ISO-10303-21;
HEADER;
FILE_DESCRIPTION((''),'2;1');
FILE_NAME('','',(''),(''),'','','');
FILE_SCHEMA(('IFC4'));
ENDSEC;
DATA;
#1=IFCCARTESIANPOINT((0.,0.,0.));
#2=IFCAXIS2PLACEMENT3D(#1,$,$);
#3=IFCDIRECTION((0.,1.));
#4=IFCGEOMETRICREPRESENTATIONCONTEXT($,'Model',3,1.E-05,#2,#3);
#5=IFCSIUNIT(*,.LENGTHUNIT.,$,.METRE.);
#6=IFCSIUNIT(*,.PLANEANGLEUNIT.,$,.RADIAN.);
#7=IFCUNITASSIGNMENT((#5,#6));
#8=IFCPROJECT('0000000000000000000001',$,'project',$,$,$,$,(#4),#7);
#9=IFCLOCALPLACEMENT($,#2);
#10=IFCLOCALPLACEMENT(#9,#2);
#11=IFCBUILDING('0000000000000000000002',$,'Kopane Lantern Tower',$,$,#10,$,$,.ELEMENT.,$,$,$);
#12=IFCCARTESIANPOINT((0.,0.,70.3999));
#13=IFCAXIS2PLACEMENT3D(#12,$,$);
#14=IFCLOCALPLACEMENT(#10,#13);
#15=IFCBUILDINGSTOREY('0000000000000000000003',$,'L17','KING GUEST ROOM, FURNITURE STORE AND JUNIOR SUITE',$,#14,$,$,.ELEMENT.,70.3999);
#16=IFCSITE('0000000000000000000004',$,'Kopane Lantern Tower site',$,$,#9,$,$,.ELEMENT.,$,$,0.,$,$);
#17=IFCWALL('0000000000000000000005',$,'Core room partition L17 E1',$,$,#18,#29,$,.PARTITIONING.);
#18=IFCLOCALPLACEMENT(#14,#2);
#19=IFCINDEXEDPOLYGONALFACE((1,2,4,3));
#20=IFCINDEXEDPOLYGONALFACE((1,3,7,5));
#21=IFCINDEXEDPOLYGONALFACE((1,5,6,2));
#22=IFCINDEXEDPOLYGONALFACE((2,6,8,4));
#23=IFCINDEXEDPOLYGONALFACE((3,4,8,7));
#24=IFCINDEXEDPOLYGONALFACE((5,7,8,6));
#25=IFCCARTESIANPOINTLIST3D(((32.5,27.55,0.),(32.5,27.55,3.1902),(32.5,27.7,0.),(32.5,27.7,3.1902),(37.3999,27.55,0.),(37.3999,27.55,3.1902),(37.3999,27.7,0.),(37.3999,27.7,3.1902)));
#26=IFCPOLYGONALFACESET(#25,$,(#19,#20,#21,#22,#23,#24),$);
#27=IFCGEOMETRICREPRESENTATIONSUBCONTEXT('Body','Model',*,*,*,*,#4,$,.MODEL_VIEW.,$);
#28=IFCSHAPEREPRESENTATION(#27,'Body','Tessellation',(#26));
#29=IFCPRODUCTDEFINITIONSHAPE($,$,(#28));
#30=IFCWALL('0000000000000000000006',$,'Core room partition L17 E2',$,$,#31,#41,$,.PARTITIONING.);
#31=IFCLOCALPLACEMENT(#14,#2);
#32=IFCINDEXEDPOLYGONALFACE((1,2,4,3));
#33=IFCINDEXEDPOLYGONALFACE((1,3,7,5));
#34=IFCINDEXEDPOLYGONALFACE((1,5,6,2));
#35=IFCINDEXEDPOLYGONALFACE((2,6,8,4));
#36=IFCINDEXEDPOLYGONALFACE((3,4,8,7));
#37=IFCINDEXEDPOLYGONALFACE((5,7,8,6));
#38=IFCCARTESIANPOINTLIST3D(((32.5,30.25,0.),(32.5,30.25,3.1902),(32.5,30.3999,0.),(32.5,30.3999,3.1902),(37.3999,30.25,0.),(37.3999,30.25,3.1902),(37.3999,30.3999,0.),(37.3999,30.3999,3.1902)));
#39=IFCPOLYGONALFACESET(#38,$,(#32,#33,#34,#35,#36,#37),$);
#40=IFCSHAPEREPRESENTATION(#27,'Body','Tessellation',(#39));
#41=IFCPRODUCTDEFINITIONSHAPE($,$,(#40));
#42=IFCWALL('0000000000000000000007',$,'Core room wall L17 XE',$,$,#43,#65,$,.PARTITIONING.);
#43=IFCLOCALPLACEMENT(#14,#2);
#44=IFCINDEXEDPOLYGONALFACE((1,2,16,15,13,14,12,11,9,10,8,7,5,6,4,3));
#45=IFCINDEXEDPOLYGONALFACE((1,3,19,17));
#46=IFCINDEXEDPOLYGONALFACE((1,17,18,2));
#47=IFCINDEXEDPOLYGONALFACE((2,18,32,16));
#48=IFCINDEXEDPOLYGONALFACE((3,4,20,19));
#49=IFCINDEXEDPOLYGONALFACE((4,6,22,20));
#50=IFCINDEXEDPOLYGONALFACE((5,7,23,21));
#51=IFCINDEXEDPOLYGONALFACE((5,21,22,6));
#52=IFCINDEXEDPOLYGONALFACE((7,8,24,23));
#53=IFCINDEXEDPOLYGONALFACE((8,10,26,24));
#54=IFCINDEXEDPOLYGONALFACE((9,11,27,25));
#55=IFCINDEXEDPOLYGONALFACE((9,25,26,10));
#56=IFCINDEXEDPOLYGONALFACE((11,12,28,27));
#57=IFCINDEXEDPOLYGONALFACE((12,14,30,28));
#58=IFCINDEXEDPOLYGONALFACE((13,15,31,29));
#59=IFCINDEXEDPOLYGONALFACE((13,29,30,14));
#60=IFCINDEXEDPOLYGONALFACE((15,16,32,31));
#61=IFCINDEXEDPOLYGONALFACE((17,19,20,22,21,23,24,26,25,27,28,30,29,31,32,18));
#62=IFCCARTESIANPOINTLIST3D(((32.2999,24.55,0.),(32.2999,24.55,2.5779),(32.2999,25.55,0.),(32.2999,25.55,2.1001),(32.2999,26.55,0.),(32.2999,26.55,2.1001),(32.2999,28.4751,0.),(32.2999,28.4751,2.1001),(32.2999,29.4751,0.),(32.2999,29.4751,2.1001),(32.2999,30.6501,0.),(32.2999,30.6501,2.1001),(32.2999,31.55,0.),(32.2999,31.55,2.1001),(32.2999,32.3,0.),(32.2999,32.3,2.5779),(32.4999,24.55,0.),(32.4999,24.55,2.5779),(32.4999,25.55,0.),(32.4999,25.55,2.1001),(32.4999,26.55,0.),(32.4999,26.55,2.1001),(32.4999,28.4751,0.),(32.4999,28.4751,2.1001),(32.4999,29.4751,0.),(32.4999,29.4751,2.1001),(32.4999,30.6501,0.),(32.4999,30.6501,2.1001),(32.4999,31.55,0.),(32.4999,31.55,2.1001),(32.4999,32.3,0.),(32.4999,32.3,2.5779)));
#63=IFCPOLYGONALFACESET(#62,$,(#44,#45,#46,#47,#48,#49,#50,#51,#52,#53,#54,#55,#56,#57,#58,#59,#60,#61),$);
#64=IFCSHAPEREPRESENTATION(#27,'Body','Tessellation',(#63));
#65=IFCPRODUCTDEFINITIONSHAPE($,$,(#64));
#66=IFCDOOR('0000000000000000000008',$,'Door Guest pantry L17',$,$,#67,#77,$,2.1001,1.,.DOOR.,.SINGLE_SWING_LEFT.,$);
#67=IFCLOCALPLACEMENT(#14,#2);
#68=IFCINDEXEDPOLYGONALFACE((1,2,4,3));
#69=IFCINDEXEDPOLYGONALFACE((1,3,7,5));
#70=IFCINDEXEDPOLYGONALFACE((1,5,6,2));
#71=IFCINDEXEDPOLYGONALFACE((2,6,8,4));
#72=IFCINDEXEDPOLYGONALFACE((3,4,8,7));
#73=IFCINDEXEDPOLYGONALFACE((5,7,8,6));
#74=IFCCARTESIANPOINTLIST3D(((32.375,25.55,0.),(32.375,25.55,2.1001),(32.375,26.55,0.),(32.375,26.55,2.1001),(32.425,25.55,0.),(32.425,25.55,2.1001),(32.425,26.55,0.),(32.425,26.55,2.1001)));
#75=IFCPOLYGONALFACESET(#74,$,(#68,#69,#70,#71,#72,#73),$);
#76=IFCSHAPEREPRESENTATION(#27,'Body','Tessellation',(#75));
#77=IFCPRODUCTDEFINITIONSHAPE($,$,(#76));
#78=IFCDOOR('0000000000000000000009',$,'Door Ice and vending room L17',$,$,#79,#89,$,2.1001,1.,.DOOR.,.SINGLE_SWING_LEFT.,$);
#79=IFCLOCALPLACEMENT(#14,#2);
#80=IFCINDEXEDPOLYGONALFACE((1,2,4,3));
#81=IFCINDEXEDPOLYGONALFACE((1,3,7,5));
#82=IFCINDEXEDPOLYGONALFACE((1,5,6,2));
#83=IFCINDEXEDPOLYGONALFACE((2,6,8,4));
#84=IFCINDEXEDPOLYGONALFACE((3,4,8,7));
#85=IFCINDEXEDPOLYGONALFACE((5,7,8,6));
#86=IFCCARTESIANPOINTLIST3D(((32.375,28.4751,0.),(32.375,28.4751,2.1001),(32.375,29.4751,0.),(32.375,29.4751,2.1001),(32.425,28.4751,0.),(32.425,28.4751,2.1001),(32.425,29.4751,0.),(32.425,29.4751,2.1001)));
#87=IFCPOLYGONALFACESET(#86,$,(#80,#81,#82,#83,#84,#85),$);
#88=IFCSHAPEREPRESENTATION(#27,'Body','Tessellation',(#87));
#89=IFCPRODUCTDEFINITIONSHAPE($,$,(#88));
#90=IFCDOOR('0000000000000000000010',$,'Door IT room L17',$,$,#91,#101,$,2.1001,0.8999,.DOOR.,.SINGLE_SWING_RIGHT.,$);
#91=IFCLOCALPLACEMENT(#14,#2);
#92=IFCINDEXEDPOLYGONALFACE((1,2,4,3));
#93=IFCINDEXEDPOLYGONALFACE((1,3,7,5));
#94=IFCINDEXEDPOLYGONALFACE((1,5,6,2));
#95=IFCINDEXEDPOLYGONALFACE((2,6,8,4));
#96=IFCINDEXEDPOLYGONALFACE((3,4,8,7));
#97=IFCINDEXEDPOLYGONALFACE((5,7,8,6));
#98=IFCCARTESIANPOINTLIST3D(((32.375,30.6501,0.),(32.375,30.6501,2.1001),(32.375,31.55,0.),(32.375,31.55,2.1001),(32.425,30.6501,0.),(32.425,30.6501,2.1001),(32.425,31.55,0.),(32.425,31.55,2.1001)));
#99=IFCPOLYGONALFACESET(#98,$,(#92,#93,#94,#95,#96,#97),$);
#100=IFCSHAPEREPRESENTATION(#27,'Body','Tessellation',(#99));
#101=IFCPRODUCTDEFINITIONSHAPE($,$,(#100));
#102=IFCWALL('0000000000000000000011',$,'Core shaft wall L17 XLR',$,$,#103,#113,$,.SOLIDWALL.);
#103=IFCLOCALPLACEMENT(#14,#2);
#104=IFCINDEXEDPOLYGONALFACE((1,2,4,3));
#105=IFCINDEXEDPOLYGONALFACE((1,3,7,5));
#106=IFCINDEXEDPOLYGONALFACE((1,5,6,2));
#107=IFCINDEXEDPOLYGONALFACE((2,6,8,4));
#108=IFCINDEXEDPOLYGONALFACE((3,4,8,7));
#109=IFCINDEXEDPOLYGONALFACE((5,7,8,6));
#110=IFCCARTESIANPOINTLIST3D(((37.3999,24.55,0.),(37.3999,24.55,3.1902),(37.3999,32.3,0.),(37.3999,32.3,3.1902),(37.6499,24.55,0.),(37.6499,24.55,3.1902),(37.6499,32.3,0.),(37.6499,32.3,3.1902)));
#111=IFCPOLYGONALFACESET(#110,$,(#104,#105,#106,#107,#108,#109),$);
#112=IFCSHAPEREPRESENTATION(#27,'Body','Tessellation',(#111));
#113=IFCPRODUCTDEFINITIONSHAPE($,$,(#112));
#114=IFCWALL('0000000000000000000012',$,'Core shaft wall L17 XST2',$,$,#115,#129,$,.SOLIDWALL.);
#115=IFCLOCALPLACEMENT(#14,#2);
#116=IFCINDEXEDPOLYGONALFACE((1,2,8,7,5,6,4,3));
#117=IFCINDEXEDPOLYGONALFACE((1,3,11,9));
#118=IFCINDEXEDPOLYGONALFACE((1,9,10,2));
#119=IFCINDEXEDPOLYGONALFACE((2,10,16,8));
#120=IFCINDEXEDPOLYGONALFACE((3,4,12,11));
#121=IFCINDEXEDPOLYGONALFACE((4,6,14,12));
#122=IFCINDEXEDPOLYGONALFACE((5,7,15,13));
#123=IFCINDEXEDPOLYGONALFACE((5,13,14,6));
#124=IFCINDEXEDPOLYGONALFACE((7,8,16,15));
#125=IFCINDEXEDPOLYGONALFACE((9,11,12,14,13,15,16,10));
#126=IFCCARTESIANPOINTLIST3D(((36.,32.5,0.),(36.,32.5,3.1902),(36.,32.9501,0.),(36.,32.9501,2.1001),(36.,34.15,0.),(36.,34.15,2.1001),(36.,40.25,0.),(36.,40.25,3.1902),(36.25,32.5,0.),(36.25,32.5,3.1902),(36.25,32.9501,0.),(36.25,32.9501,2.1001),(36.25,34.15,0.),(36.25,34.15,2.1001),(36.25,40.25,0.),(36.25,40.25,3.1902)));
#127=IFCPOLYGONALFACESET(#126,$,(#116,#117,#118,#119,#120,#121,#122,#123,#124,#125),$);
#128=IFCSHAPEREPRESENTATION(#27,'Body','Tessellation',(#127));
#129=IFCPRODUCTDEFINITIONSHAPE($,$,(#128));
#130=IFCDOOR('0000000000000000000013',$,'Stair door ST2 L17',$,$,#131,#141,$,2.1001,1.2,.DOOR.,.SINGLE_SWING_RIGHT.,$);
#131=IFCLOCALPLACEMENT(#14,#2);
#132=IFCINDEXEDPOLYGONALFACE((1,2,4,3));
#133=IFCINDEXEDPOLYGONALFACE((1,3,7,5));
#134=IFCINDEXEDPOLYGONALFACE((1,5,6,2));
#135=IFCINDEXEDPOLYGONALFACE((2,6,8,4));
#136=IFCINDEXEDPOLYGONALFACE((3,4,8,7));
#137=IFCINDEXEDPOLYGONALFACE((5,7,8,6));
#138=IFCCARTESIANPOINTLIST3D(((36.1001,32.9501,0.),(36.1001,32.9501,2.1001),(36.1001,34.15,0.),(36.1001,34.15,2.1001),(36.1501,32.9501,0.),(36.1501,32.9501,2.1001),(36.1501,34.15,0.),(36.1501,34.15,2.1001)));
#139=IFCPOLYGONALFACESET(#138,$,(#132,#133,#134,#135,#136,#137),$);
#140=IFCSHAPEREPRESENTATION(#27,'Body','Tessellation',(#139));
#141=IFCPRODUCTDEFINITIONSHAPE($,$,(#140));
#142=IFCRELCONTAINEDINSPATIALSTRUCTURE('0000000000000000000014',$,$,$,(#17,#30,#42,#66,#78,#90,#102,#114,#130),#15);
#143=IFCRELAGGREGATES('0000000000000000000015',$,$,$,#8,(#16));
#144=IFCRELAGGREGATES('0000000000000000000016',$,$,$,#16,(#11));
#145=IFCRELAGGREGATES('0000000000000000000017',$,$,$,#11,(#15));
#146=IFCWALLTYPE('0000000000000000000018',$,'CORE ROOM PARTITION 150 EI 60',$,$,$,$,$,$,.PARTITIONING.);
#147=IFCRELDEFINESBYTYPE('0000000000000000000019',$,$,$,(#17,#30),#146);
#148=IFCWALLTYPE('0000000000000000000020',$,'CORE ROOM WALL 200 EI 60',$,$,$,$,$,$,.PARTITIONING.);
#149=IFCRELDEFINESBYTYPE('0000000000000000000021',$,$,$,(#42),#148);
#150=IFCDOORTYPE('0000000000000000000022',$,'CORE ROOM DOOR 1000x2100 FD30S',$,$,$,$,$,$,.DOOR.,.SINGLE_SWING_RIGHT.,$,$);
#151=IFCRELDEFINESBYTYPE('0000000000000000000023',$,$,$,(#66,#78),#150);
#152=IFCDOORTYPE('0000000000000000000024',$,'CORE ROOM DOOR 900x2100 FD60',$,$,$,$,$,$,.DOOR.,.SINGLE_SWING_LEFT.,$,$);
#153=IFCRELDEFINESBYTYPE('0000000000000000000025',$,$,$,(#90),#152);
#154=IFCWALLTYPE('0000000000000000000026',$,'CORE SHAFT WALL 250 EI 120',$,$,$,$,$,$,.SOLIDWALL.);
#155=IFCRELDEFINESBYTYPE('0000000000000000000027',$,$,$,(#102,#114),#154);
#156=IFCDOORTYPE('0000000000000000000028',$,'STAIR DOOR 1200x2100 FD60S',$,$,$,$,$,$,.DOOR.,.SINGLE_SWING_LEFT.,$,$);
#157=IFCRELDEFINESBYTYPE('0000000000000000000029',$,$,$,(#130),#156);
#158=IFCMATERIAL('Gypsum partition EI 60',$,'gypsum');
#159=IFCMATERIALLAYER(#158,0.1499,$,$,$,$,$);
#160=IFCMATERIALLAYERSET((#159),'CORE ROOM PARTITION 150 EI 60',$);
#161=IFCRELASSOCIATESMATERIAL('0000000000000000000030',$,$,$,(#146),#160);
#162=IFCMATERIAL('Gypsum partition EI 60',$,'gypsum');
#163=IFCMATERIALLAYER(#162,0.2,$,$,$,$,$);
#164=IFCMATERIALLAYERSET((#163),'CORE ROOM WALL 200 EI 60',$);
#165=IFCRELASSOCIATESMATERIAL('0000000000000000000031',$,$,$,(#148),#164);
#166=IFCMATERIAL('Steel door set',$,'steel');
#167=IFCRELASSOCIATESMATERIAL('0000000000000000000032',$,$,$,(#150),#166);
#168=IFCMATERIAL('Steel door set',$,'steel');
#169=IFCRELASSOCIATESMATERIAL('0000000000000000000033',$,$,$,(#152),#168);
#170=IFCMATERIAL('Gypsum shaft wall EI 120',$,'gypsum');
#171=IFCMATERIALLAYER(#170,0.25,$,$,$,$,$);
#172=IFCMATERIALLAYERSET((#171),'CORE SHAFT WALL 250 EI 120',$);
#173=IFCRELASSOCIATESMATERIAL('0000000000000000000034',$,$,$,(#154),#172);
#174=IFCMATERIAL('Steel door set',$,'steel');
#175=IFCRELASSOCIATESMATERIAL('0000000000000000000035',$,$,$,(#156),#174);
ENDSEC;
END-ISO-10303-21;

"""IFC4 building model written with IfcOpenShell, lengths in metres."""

from ifc_helpers import new_model, si_unit, direction, frame, frame_2d, origin, place, context, subcontext, project, spatial, rectangle, extrude, material, layer, layer_set, type_object, element, fill, save


model = new_model("IFC4")

# Units and contexts
model_context = context("Model", 3, precision=1e-05, world=origin(), true_north=direction((0.0, 1.0)))
body_context = subcontext(model_context, "Body", "Model", "MODEL_VIEW")
ifc_project = project(units=[si_unit("LENGTHUNIT", "METRE"), si_unit("PLANEANGLEUNIT", "RADIAN")], contexts=[model_context])

# Site, building, storey
site_placement = place(None, origin())
site = spatial("IfcSite", under=ifc_project, at=site_placement, Name="Kopane Lantern Tower site", CompositionType="ELEMENT", RefElevation=0.0)
building_placement = place(site_placement, origin())
building = spatial("IfcBuilding", under=site, at=building_placement, Name="Kopane Lantern Tower", CompositionType="ELEMENT")
storey_placement = place(building_placement, frame((0.0, 0.0, 70.3999)))
storey = spatial("IfcBuildingStorey", under=building, at=storey_placement, Name="L17", Description="KING GUEST ROOM, FURNITURE STORE AND JUNIOR SUITE", CompositionType="ELEMENT", Elevation=70.3999)

# Walls
ifc_material_1 = material(Name="Gypsum partition EI 60", Category="gypsum")
ifc_layer_1 = layer(ifc_material_1, 0.1499)
ifc_layer_set_1 = layer_set([ifc_layer_1], Name="CORE ROOM PARTITION 150 EI 60")
wall_type_1 = type_object("IfcWallType", Name="CORE ROOM PARTITION 150 EI 60", PredefinedType="PARTITIONING", material=ifc_layer_set_1)
for number, where, z_axis, x_axis, name in (
    (1, (32.5, 27.625, 0.0), (0.0, 0.0, 1.0), (1.0, 0.0, 0.0), "Core room partition L17 E1"),
    (2, (32.5, 30.325, 0.0), (0.0, 0.0, 1.0), (1.0, 0.0, 0.0), "Core room partition L17 E2"),
):
    element("IfcWall", number, at=place(storey_placement, frame(where, z_axis=z_axis, x_axis=x_axis)), inside=storey, type_object=wall_type_1, Name=name, PredefinedType="PARTITIONING", context=body_context, shape_type="SweptSolid", body=[
        extrude(rectangle(XDim=4.8999, YDim=0.1499, at=frame_2d((2.45, 0.0))), origin(), (0.0, 0.0, 1.0), 3.1902),
    ])

# Wall, openings, doors
ifc_material_2 = material(Name="Gypsum partition EI 60", Category="gypsum")
ifc_layer_2 = layer(ifc_material_2, 0.2)
ifc_layer_set_2 = layer_set([ifc_layer_2], Name="CORE ROOM WALL 200 EI 60")
wall_type_2 = type_object("IfcWallType", Name="CORE ROOM WALL 200 EI 60", PredefinedType="PARTITIONING", material=ifc_layer_set_2)
wall_1_placement = place(storey_placement, frame((32.3999, 24.55, 0.0), z_axis=(0.0, 0.0, 1.0), x_axis=(0.0, 1.0, 0.0)))
wall_1 = element("IfcWall", 3, at=wall_1_placement, inside=storey, type_object=wall_type_2, Name="Core room wall L17 XE", PredefinedType="PARTITIONING", context=body_context, shape_type="SweptSolid", body=[
    extrude(rectangle(XDim=7.75, YDim=0.2, at=frame_2d((3.875, 0.0))), origin(), (0.0, 0.0, 1.0), 2.5779),
])
opening_1_placement = place(wall_1_placement, frame((1.0, 0.0, 0.0)))
opening_1 = element("IfcOpeningElement", 4, at=opening_1_placement, cuts=wall_1, PredefinedType="OPENING", context=body_context, shape_type="SweptSolid", body=[
    extrude(rectangle(XDim=1.0, YDim=2.1001, at=frame_2d((0.5, 1.05))), frame((0.0, 0.1099, 0.0), z_axis=(0.0, -1.0, 0.0), x_axis=(1.0, 0.0, 0.0)), (0.0, 0.0, 1.0), 0.22),
])
opening_2_placement = place(wall_1_placement, frame((3.925, 0.0, 0.0)))
opening_2 = element("IfcOpeningElement", 5, at=opening_2_placement, cuts=wall_1, PredefinedType="OPENING", context=body_context, shape_type="SweptSolid", body=[
    extrude(rectangle(XDim=1.0, YDim=2.1001, at=frame_2d((0.5, 1.05))), frame((0.0, 0.1099, 0.0), z_axis=(0.0, -1.0, 0.0), x_axis=(1.0, 0.0, 0.0)), (0.0, 0.0, 1.0), 0.22),
])
opening_3_placement = place(wall_1_placement, frame((6.1001, 0.0, 0.0)))
opening_3 = element("IfcOpeningElement", 6, at=opening_3_placement, cuts=wall_1, PredefinedType="OPENING", context=body_context, shape_type="SweptSolid", body=[
    extrude(rectangle(XDim=0.8999, YDim=2.1001, at=frame_2d((0.45, 1.05))), frame((0.0, 0.1099, 0.0), z_axis=(0.0, -1.0, 0.0), x_axis=(1.0, 0.0, 0.0)), (0.0, 0.0, 1.0), 0.22),
])
ifc_material_3 = material(Name="Steel door set", Category="steel")
door_type_1 = type_object("IfcDoorType", Name="CORE ROOM DOOR 1000x2100 FD30S", OperationType="SINGLE_SWING_RIGHT", PredefinedType="DOOR", material=ifc_material_3)
door_1_placement = place(opening_1_placement, origin())
door_1 = element("IfcDoor", 7, at=door_1_placement, inside=storey, type_object=door_type_1, Name="Door Guest pantry L17", OperationType="SINGLE_SWING_LEFT", OverallHeight=2.1001, OverallWidth=1.0, PredefinedType="DOOR", context=body_context, shape_type="SweptSolid", body=[
    extrude(rectangle(XDim=1.0, YDim=2.1001, at=frame_2d((0.5, 1.05))), frame((0.0, 0.0249, 0.0), z_axis=(0.0, -1.0, 0.0), x_axis=(1.0, 0.0, 0.0)), (0.0, 0.0, 1.0), 0.05),
])
fill(opening_1, door_1)
door_2_placement = place(opening_2_placement, origin())
door_2 = element("IfcDoor", 8, at=door_2_placement, inside=storey, type_object=door_type_1, Name="Door Ice and vending room L17", OperationType="SINGLE_SWING_LEFT", OverallHeight=2.1001, OverallWidth=1.0, PredefinedType="DOOR", context=body_context, shape_type="SweptSolid", body=[
    extrude(rectangle(XDim=1.0, YDim=2.1001, at=frame_2d((0.5, 1.05))), frame((0.0, 0.0249, 0.0), z_axis=(0.0, -1.0, 0.0), x_axis=(1.0, 0.0, 0.0)), (0.0, 0.0, 1.0), 0.05),
])
fill(opening_2, door_2)
ifc_material_4 = material(Name="Steel door set", Category="steel")
door_type_2 = type_object("IfcDoorType", Name="CORE ROOM DOOR 900x2100 FD60", OperationType="SINGLE_SWING_LEFT", PredefinedType="DOOR", material=ifc_material_4)
door_3_placement = place(opening_3_placement, origin())
door_3 = element("IfcDoor", 9, at=door_3_placement, inside=storey, type_object=door_type_2, Name="Door IT room L17", OperationType="SINGLE_SWING_RIGHT", OverallHeight=2.1001, OverallWidth=0.8999, PredefinedType="DOOR", context=body_context, shape_type="SweptSolid", body=[
    extrude(rectangle(XDim=0.8999, YDim=2.1001, at=frame_2d((0.45, 1.05))), frame((0.0, 0.0249, 0.0), z_axis=(0.0, -1.0, 0.0), x_axis=(1.0, 0.0, 0.0)), (0.0, 0.0, 1.0), 0.05),
])
fill(opening_3, door_3)

# Wall
ifc_material_5 = material(Name="Gypsum shaft wall EI 120", Category="gypsum")
ifc_layer_3 = layer(ifc_material_5, 0.25)
ifc_layer_set_3 = layer_set([ifc_layer_3], Name="CORE SHAFT WALL 250 EI 120")
wall_type_3 = type_object("IfcWallType", Name="CORE SHAFT WALL 250 EI 120", PredefinedType="SOLIDWALL", material=ifc_layer_set_3)
wall_2_placement = place(storey_placement, frame((37.5249, 24.55, 0.0), z_axis=(0.0, 0.0, 1.0), x_axis=(0.0, 1.0, 0.0)))
element("IfcWall", 10, at=wall_2_placement, inside=storey, type_object=wall_type_3, Name="Core shaft wall L17 XLR", PredefinedType="SOLIDWALL", context=body_context, shape_type="SweptSolid", body=[
    extrude(rectangle(XDim=7.75, YDim=0.25, at=frame_2d((3.875, 0.0))), origin(), (0.0, 0.0, 1.0), 3.1902),
])

# Wall, opening, door
wall_3_placement = place(storey_placement, frame((36.125, 32.5, 0.0), z_axis=(0.0, 0.0, 1.0), x_axis=(0.0, 1.0, 0.0)))
wall_3 = element("IfcWall", 11, at=wall_3_placement, inside=storey, type_object=wall_type_3, Name="Core shaft wall L17 XST2", PredefinedType="SOLIDWALL", context=body_context, shape_type="SweptSolid", body=[
    extrude(rectangle(XDim=7.75, YDim=0.25, at=frame_2d((3.875, 0.0))), origin(), (0.0, 0.0, 1.0), 3.1902),
])
opening_4_placement = place(wall_3_placement, frame((0.45, 0.0, 0.0)))
opening_4 = element("IfcOpeningElement", 12, at=opening_4_placement, cuts=wall_3, PredefinedType="OPENING", context=body_context, shape_type="SweptSolid", body=[
    extrude(rectangle(XDim=1.2, YDim=2.1001, at=frame_2d((0.6001, 1.05))), frame((0.0, 0.135, 0.0), z_axis=(0.0, -1.0, 0.0), x_axis=(1.0, 0.0, 0.0)), (0.0, 0.0, 1.0), 0.27),
])
ifc_material_6 = material(Name="Steel door set", Category="steel")
door_type_3 = type_object("IfcDoorType", Name="STAIR DOOR 1200x2100 FD60S", OperationType="SINGLE_SWING_LEFT", PredefinedType="DOOR", material=ifc_material_6)
door_4_placement = place(opening_4_placement, origin())
door_4 = element("IfcDoor", 13, at=door_4_placement, inside=storey, type_object=door_type_3, Name="Stair door ST2 L17", OperationType="SINGLE_SWING_RIGHT", OverallHeight=2.1001, OverallWidth=1.2, PredefinedType="DOOR", context=body_context, shape_type="SweptSolid", body=[
    extrude(rectangle(XDim=1.2, YDim=2.1001, at=frame_2d((0.6001, 1.05))), frame((0.0, 0.0249, 0.0), z_axis=(0.0, -1.0, 0.0), x_axis=(1.0, 0.0, 0.0)), (0.0, 0.0, 1.0), 0.05),
])
fill(opening_4, door_4)

save(model, "model.ifc")
